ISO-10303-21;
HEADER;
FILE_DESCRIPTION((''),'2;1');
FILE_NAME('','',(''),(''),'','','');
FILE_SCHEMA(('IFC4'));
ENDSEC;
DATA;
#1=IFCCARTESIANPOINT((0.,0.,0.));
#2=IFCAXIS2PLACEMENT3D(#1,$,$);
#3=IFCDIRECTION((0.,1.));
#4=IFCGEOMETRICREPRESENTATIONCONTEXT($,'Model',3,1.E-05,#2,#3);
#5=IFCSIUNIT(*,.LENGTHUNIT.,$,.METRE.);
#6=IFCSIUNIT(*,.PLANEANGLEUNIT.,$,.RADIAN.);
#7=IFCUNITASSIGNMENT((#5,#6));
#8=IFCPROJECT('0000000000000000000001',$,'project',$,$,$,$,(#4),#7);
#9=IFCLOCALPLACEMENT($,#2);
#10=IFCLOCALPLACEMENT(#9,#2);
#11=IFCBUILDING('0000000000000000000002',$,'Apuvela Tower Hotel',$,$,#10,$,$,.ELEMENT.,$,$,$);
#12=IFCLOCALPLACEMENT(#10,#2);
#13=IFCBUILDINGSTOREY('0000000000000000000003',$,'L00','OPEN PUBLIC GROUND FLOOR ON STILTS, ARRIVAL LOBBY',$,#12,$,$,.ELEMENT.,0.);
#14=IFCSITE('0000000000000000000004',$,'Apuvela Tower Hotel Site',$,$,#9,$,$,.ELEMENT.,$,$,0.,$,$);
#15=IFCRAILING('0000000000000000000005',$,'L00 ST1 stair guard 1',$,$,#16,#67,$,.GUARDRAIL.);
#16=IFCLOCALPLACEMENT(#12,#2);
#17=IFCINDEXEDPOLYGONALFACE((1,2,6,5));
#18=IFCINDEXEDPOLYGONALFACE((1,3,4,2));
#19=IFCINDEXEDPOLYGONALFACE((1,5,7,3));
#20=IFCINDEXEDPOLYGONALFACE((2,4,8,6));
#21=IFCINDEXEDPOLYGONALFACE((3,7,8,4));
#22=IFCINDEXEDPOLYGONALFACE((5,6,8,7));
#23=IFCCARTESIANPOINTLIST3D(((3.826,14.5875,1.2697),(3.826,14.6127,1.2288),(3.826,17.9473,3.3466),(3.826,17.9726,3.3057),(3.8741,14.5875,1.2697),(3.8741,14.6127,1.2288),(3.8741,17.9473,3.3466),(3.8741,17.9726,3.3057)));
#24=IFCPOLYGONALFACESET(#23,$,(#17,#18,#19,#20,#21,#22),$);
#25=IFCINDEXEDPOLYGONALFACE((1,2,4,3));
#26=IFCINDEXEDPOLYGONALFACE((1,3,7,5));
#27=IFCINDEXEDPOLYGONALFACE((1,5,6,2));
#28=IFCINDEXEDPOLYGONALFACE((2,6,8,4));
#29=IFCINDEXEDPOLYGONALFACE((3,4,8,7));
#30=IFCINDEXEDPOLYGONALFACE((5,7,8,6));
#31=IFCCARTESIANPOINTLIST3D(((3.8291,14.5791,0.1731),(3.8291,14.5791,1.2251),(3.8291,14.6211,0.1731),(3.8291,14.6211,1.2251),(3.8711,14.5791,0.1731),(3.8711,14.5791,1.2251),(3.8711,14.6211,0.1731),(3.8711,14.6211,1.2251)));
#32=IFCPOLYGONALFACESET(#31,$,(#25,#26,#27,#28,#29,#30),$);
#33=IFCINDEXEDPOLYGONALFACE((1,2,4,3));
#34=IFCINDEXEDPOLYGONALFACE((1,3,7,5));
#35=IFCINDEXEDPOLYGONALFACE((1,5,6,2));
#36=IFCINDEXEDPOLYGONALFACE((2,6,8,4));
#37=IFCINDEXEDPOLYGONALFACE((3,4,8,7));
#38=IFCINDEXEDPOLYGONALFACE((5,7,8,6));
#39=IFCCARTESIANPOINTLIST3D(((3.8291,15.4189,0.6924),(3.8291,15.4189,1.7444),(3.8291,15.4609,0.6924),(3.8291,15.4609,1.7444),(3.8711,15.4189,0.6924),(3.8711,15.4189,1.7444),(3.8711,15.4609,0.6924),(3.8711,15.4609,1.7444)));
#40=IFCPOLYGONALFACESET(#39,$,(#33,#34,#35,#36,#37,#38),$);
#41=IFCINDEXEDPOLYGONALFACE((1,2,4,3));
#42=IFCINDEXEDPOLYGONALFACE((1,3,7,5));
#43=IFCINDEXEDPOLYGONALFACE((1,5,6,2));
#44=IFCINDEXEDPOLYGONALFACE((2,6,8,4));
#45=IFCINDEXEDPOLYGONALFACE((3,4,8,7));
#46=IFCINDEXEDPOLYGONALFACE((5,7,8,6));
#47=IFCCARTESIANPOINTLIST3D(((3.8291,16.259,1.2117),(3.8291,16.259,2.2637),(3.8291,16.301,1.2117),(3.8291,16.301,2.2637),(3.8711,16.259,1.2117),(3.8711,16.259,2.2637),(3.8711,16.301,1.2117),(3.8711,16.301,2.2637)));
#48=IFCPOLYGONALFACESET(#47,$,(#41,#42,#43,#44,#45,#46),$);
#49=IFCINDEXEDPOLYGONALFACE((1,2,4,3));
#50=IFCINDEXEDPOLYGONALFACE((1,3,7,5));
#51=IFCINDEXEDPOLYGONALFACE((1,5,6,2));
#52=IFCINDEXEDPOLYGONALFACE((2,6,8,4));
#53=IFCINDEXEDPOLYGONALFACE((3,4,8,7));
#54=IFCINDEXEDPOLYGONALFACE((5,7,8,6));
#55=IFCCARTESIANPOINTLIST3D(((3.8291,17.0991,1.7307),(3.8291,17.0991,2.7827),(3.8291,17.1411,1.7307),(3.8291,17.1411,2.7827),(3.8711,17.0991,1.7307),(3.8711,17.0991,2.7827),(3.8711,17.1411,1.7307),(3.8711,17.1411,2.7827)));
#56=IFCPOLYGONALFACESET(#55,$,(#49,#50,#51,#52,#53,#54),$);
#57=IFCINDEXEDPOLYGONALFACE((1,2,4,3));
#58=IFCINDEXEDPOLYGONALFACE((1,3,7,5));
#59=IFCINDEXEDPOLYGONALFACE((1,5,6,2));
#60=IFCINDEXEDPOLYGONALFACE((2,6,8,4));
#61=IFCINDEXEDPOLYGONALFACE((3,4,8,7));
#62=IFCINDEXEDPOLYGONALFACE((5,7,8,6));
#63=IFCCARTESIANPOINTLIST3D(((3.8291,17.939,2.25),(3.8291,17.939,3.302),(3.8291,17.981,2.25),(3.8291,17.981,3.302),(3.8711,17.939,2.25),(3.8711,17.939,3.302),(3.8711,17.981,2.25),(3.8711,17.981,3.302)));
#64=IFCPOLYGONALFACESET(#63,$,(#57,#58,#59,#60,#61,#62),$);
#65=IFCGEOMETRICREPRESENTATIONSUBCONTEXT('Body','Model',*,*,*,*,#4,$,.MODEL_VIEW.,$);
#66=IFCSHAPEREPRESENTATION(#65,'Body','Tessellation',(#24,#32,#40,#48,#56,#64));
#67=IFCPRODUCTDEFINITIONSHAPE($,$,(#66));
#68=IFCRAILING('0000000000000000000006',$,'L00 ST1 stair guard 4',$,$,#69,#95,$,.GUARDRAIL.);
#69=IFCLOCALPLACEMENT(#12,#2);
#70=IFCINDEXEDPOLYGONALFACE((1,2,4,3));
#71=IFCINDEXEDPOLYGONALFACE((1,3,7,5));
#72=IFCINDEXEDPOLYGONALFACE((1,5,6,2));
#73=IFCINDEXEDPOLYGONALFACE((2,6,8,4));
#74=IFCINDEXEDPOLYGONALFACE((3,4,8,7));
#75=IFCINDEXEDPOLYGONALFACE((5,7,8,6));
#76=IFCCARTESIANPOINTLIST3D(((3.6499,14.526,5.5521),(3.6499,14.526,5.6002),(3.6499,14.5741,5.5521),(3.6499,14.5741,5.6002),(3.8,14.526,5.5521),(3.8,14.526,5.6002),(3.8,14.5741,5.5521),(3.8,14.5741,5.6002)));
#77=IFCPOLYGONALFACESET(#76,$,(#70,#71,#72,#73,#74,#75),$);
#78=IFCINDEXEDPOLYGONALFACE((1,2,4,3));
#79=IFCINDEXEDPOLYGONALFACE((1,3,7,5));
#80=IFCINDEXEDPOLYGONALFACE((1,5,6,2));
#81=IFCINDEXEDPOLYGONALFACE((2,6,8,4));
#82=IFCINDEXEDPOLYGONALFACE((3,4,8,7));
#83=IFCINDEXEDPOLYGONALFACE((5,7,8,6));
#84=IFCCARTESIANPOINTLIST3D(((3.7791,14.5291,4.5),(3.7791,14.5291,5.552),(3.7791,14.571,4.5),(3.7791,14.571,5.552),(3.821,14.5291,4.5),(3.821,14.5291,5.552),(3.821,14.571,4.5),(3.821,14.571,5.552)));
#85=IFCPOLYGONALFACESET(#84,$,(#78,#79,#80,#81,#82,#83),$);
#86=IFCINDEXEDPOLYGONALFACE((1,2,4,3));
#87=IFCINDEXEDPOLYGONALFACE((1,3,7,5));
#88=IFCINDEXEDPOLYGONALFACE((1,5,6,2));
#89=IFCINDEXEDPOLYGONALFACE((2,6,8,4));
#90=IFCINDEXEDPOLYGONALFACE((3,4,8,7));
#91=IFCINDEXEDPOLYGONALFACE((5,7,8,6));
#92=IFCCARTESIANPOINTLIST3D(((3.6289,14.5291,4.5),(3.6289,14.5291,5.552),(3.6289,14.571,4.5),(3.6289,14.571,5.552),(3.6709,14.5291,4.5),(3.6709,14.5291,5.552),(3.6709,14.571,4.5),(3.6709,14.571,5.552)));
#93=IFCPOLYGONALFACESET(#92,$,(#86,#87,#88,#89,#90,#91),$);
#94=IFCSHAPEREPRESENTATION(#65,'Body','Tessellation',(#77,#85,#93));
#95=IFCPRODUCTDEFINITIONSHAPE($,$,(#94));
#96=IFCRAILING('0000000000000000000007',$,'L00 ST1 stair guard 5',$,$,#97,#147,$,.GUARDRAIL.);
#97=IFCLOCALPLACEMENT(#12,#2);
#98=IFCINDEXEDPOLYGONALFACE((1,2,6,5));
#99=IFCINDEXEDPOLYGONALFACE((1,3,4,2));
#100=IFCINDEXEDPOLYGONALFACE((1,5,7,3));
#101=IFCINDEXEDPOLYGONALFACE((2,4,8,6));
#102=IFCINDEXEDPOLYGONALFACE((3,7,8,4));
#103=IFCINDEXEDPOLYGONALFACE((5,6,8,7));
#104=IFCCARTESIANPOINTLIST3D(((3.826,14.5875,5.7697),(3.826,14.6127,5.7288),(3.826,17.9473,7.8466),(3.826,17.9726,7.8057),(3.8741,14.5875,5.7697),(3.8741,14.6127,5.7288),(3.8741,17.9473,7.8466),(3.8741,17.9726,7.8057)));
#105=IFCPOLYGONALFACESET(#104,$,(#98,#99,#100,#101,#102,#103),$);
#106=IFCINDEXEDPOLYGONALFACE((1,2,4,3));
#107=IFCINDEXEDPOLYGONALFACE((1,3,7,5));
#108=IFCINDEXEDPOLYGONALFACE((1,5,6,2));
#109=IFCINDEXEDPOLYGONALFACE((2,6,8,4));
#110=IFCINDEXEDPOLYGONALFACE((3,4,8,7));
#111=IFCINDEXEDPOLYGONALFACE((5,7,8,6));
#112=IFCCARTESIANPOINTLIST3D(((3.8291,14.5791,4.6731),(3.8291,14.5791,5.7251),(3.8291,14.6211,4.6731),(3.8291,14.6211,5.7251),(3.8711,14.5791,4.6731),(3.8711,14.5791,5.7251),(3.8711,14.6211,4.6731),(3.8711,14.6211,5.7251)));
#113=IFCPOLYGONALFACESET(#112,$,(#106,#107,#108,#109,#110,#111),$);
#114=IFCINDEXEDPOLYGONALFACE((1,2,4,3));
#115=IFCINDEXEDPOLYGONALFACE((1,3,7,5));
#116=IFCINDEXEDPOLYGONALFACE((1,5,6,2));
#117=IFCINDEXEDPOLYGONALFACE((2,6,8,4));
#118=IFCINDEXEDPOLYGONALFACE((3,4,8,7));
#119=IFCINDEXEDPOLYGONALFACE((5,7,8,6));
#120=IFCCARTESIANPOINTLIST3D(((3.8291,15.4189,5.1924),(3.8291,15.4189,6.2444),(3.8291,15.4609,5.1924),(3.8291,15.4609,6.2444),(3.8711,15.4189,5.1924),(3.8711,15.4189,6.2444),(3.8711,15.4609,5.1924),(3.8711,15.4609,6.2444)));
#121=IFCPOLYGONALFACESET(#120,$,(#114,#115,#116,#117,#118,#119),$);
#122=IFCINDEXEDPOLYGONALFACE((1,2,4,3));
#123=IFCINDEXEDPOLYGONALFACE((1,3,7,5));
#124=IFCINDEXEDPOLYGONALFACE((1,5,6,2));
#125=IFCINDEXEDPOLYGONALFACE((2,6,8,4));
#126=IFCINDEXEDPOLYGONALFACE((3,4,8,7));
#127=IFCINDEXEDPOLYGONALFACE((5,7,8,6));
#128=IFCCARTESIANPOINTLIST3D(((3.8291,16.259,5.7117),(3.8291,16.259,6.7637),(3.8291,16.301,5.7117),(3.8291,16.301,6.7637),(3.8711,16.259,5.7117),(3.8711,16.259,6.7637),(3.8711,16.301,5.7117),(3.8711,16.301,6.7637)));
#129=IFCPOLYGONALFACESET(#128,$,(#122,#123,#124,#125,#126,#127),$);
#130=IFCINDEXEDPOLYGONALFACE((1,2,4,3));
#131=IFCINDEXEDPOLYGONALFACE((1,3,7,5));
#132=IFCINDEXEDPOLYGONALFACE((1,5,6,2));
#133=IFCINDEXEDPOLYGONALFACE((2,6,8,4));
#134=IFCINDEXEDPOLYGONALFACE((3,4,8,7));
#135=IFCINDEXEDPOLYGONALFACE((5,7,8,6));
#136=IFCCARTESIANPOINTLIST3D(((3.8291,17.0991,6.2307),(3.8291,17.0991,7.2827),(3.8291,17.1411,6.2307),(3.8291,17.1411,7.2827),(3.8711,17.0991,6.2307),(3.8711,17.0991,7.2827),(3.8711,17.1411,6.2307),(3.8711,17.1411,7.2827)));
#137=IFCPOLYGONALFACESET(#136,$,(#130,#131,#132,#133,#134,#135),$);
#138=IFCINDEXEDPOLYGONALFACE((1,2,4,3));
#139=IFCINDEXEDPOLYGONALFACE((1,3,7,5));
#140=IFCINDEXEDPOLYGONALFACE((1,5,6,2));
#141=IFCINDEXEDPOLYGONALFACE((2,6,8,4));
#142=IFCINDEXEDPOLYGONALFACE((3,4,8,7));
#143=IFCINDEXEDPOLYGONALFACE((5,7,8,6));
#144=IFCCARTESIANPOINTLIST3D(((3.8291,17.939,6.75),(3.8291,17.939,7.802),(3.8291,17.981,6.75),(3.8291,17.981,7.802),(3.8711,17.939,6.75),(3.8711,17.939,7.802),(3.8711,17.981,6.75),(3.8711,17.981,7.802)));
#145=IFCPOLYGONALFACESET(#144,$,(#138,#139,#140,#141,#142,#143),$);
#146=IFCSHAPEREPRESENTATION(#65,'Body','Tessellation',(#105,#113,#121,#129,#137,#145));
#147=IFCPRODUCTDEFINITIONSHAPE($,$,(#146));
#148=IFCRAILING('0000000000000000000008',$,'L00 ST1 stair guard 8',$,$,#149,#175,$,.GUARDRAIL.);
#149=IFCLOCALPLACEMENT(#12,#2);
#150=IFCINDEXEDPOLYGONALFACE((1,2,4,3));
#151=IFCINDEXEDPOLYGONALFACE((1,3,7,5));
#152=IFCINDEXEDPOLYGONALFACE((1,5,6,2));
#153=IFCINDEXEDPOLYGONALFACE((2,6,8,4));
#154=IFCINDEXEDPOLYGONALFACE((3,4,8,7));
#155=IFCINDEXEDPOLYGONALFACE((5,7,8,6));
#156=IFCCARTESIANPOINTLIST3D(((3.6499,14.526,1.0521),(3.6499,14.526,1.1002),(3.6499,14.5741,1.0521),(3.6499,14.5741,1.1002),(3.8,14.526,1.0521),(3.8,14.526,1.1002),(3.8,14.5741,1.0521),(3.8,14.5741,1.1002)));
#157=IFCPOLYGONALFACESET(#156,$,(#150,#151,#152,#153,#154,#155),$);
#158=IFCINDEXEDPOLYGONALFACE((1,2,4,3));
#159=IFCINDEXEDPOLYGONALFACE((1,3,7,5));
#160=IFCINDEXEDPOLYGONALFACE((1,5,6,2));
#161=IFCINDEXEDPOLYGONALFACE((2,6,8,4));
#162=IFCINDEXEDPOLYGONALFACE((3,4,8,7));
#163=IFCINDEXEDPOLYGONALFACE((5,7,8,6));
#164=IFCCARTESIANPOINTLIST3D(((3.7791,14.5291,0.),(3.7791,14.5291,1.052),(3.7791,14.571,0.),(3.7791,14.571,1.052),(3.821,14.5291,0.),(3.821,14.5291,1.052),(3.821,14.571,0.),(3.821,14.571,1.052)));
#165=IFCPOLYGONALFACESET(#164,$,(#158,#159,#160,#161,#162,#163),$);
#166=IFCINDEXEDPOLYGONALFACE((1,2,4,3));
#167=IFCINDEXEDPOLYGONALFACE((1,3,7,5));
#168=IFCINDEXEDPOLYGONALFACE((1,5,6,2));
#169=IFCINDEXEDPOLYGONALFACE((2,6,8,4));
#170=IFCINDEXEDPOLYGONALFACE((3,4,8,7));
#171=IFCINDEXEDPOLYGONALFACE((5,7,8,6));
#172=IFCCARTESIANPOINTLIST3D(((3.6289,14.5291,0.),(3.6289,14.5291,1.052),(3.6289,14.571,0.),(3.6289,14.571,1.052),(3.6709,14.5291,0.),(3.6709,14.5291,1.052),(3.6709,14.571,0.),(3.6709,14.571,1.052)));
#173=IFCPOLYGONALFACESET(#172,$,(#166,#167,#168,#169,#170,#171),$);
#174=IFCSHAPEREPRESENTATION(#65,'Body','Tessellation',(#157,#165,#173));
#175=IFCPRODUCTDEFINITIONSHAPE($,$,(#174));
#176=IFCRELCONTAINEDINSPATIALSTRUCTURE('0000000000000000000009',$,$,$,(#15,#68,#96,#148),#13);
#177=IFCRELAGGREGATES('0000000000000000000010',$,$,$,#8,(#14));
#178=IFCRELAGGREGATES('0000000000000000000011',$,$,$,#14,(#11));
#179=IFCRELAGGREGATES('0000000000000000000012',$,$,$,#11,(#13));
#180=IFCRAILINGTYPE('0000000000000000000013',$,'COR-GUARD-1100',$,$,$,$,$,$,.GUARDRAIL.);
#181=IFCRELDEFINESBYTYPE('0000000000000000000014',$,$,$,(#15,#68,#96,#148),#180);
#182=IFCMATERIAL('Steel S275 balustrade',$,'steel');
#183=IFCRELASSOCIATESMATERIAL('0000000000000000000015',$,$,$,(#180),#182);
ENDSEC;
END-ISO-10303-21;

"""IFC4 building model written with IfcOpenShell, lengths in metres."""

from ifc_helpers import new_model, si_unit, direction, frame, origin, origin_2d, place, context, subcontext, project, spatial, rectangle, extrude, material, type_object, element, save


model = new_model("IFC4")

# Units and contexts
model_context = context("Model", 3, precision=1e-05, world=origin(), true_north=direction((0.0, 1.0)))
body_context = subcontext(model_context, "Body", "Model", "MODEL_VIEW")
ifc_project = project(units=[si_unit("LENGTHUNIT", "METRE"), si_unit("PLANEANGLEUNIT", "RADIAN")], contexts=[model_context])

# Site, building, storey
site_placement = place(None, origin())
site = spatial("IfcSite", under=ifc_project, at=site_placement, Name="Apuvela Tower Hotel Site", CompositionType="ELEMENT", RefElevation=0.0)
building_placement = place(site_placement, origin())
building = spatial("IfcBuilding", under=site, at=building_placement, Name="Apuvela Tower Hotel", CompositionType="ELEMENT")
storey_placement = place(building_placement, origin())
storey = spatial("IfcBuildingStorey", under=building, at=storey_placement, Name="L00", Description="OPEN PUBLIC GROUND FLOOR ON STILTS, ARRIVAL LOBBY", CompositionType="ELEMENT", Elevation=0.0)

# Railings
ifc_material_1 = material(Name="Steel S275 balustrade", Category="steel")
railing_type_1 = type_object("IfcRailingType", Name="COR-GUARD-1100", PredefinedType="GUARDRAIL", material=ifc_material_1)
railing_1_placement = place(storey_placement, frame((3.8501, 14.6001, 0.1731)))
element("IfcRailing", 1, at=railing_1_placement, inside=storey, type_object=railing_type_1, Name="L00 ST1 stair guard 1", PredefinedType="GUARDRAIL", context=body_context, shape_type="SweptSolid", body=[
    extrude(rectangle(XDim=0.0481, YDim=0.0481, at=origin_2d()), frame((0.0, 0.0, 1.0762), z_axis=(0.0, 0.850606, 0.525803), x_axis=(-1.0, 0.0, 0.0)), (0.0, 0.0, 1.0), 3.95),
    extrude(rectangle(XDim=0.042, YDim=0.042, at=origin_2d()), origin(), (0.0, 0.0, 1.0), 1.052),
    extrude(rectangle(XDim=0.042, YDim=0.042, at=origin_2d()), frame((0.0, 0.8398, 0.5193)), (0.0, 0.0, 1.0), 1.052),
    extrude(rectangle(XDim=0.042, YDim=0.042, at=origin_2d()), frame((0.0, 1.6799, 1.0386)), (0.0, 0.0, 1.0), 1.052),
    extrude(rectangle(XDim=0.042, YDim=0.042, at=origin_2d()), frame((0.0, 2.52, 1.5576)), (0.0, 0.0, 1.0), 1.052),
    extrude(rectangle(XDim=0.042, YDim=0.042, at=origin_2d()), frame((0.0, 3.3599, 2.0769)), (0.0, 0.0, 1.0), 1.052),
])
railing_2_placement = place(storey_placement, frame((3.8, 14.55, 4.5)))
element("IfcRailing", 2, at=railing_2_placement, inside=storey, type_object=railing_type_1, Name="L00 ST1 stair guard 4", PredefinedType="GUARDRAIL", context=body_context, shape_type="SweptSolid", body=[
    extrude(rectangle(XDim=0.0481, YDim=0.0481, at=origin_2d()), frame((0.0, 0.0, 1.0762), z_axis=(-1.0, 0.0, 0.0), x_axis=(0.0, -1.0, 0.0)), (0.0, 0.0, 1.0), 0.1501),
    extrude(rectangle(XDim=0.042, YDim=0.042, at=origin_2d()), origin(), (0.0, 0.0, 1.0), 1.052),
    extrude(rectangle(XDim=0.042, YDim=0.042, at=origin_2d()), frame((-0.1501, 0.0, 0.0)), (0.0, 0.0, 1.0), 1.052),
])
railing_3_placement = place(storey_placement, frame((3.8501, 14.6001, 4.6731)))
element("IfcRailing", 3, at=railing_3_placement, inside=storey, type_object=railing_type_1, Name="L00 ST1 stair guard 5", PredefinedType="GUARDRAIL", context=body_context, shape_type="SweptSolid", body=[
    extrude(rectangle(XDim=0.0481, YDim=0.0481, at=origin_2d()), frame((0.0, 0.0, 1.0762), z_axis=(0.0, 0.850606, 0.525803), x_axis=(-1.0, 0.0, 0.0)), (0.0, 0.0, 1.0), 3.95),
    extrude(rectangle(XDim=0.042, YDim=0.042, at=origin_2d()), origin(), (0.0, 0.0, 1.0), 1.052),
    extrude(rectangle(XDim=0.042, YDim=0.042, at=origin_2d()), frame((0.0, 0.8398, 0.5193)), (0.0, 0.0, 1.0), 1.052),
    extrude(rectangle(XDim=0.042, YDim=0.042, at=origin_2d()), frame((0.0, 1.6799, 1.0386)), (0.0, 0.0, 1.0), 1.052),
    extrude(rectangle(XDim=0.042, YDim=0.042, at=origin_2d()), frame((0.0, 2.52, 1.5576)), (0.0, 0.0, 1.0), 1.052),
    extrude(rectangle(XDim=0.042, YDim=0.042, at=origin_2d()), frame((0.0, 3.3599, 2.0769)), (0.0, 0.0, 1.0), 1.052),
])
railing_4_placement = place(storey_placement, frame((3.8, 14.55, 0.0)))
element("IfcRailing", 4, at=railing_4_placement, inside=storey, type_object=railing_type_1, Name="L00 ST1 stair guard 8", PredefinedType="GUARDRAIL", context=body_context, shape_type="SweptSolid", body=[
    extrude(rectangle(XDim=0.0481, YDim=0.0481, at=origin_2d()), frame((0.0, 0.0, 1.0762), z_axis=(-1.0, 0.0, 0.0), x_axis=(0.0, -1.0, 0.0)), (0.0, 0.0, 1.0), 0.1501),
    extrude(rectangle(XDim=0.042, YDim=0.042, at=origin_2d()), origin(), (0.0, 0.0, 1.0), 1.052),
    extrude(rectangle(XDim=0.042, YDim=0.042, at=origin_2d()), frame((-0.1501, 0.0, 0.0)), (0.0, 0.0, 1.0), 1.052),
])

save(model, "model.ifc")
